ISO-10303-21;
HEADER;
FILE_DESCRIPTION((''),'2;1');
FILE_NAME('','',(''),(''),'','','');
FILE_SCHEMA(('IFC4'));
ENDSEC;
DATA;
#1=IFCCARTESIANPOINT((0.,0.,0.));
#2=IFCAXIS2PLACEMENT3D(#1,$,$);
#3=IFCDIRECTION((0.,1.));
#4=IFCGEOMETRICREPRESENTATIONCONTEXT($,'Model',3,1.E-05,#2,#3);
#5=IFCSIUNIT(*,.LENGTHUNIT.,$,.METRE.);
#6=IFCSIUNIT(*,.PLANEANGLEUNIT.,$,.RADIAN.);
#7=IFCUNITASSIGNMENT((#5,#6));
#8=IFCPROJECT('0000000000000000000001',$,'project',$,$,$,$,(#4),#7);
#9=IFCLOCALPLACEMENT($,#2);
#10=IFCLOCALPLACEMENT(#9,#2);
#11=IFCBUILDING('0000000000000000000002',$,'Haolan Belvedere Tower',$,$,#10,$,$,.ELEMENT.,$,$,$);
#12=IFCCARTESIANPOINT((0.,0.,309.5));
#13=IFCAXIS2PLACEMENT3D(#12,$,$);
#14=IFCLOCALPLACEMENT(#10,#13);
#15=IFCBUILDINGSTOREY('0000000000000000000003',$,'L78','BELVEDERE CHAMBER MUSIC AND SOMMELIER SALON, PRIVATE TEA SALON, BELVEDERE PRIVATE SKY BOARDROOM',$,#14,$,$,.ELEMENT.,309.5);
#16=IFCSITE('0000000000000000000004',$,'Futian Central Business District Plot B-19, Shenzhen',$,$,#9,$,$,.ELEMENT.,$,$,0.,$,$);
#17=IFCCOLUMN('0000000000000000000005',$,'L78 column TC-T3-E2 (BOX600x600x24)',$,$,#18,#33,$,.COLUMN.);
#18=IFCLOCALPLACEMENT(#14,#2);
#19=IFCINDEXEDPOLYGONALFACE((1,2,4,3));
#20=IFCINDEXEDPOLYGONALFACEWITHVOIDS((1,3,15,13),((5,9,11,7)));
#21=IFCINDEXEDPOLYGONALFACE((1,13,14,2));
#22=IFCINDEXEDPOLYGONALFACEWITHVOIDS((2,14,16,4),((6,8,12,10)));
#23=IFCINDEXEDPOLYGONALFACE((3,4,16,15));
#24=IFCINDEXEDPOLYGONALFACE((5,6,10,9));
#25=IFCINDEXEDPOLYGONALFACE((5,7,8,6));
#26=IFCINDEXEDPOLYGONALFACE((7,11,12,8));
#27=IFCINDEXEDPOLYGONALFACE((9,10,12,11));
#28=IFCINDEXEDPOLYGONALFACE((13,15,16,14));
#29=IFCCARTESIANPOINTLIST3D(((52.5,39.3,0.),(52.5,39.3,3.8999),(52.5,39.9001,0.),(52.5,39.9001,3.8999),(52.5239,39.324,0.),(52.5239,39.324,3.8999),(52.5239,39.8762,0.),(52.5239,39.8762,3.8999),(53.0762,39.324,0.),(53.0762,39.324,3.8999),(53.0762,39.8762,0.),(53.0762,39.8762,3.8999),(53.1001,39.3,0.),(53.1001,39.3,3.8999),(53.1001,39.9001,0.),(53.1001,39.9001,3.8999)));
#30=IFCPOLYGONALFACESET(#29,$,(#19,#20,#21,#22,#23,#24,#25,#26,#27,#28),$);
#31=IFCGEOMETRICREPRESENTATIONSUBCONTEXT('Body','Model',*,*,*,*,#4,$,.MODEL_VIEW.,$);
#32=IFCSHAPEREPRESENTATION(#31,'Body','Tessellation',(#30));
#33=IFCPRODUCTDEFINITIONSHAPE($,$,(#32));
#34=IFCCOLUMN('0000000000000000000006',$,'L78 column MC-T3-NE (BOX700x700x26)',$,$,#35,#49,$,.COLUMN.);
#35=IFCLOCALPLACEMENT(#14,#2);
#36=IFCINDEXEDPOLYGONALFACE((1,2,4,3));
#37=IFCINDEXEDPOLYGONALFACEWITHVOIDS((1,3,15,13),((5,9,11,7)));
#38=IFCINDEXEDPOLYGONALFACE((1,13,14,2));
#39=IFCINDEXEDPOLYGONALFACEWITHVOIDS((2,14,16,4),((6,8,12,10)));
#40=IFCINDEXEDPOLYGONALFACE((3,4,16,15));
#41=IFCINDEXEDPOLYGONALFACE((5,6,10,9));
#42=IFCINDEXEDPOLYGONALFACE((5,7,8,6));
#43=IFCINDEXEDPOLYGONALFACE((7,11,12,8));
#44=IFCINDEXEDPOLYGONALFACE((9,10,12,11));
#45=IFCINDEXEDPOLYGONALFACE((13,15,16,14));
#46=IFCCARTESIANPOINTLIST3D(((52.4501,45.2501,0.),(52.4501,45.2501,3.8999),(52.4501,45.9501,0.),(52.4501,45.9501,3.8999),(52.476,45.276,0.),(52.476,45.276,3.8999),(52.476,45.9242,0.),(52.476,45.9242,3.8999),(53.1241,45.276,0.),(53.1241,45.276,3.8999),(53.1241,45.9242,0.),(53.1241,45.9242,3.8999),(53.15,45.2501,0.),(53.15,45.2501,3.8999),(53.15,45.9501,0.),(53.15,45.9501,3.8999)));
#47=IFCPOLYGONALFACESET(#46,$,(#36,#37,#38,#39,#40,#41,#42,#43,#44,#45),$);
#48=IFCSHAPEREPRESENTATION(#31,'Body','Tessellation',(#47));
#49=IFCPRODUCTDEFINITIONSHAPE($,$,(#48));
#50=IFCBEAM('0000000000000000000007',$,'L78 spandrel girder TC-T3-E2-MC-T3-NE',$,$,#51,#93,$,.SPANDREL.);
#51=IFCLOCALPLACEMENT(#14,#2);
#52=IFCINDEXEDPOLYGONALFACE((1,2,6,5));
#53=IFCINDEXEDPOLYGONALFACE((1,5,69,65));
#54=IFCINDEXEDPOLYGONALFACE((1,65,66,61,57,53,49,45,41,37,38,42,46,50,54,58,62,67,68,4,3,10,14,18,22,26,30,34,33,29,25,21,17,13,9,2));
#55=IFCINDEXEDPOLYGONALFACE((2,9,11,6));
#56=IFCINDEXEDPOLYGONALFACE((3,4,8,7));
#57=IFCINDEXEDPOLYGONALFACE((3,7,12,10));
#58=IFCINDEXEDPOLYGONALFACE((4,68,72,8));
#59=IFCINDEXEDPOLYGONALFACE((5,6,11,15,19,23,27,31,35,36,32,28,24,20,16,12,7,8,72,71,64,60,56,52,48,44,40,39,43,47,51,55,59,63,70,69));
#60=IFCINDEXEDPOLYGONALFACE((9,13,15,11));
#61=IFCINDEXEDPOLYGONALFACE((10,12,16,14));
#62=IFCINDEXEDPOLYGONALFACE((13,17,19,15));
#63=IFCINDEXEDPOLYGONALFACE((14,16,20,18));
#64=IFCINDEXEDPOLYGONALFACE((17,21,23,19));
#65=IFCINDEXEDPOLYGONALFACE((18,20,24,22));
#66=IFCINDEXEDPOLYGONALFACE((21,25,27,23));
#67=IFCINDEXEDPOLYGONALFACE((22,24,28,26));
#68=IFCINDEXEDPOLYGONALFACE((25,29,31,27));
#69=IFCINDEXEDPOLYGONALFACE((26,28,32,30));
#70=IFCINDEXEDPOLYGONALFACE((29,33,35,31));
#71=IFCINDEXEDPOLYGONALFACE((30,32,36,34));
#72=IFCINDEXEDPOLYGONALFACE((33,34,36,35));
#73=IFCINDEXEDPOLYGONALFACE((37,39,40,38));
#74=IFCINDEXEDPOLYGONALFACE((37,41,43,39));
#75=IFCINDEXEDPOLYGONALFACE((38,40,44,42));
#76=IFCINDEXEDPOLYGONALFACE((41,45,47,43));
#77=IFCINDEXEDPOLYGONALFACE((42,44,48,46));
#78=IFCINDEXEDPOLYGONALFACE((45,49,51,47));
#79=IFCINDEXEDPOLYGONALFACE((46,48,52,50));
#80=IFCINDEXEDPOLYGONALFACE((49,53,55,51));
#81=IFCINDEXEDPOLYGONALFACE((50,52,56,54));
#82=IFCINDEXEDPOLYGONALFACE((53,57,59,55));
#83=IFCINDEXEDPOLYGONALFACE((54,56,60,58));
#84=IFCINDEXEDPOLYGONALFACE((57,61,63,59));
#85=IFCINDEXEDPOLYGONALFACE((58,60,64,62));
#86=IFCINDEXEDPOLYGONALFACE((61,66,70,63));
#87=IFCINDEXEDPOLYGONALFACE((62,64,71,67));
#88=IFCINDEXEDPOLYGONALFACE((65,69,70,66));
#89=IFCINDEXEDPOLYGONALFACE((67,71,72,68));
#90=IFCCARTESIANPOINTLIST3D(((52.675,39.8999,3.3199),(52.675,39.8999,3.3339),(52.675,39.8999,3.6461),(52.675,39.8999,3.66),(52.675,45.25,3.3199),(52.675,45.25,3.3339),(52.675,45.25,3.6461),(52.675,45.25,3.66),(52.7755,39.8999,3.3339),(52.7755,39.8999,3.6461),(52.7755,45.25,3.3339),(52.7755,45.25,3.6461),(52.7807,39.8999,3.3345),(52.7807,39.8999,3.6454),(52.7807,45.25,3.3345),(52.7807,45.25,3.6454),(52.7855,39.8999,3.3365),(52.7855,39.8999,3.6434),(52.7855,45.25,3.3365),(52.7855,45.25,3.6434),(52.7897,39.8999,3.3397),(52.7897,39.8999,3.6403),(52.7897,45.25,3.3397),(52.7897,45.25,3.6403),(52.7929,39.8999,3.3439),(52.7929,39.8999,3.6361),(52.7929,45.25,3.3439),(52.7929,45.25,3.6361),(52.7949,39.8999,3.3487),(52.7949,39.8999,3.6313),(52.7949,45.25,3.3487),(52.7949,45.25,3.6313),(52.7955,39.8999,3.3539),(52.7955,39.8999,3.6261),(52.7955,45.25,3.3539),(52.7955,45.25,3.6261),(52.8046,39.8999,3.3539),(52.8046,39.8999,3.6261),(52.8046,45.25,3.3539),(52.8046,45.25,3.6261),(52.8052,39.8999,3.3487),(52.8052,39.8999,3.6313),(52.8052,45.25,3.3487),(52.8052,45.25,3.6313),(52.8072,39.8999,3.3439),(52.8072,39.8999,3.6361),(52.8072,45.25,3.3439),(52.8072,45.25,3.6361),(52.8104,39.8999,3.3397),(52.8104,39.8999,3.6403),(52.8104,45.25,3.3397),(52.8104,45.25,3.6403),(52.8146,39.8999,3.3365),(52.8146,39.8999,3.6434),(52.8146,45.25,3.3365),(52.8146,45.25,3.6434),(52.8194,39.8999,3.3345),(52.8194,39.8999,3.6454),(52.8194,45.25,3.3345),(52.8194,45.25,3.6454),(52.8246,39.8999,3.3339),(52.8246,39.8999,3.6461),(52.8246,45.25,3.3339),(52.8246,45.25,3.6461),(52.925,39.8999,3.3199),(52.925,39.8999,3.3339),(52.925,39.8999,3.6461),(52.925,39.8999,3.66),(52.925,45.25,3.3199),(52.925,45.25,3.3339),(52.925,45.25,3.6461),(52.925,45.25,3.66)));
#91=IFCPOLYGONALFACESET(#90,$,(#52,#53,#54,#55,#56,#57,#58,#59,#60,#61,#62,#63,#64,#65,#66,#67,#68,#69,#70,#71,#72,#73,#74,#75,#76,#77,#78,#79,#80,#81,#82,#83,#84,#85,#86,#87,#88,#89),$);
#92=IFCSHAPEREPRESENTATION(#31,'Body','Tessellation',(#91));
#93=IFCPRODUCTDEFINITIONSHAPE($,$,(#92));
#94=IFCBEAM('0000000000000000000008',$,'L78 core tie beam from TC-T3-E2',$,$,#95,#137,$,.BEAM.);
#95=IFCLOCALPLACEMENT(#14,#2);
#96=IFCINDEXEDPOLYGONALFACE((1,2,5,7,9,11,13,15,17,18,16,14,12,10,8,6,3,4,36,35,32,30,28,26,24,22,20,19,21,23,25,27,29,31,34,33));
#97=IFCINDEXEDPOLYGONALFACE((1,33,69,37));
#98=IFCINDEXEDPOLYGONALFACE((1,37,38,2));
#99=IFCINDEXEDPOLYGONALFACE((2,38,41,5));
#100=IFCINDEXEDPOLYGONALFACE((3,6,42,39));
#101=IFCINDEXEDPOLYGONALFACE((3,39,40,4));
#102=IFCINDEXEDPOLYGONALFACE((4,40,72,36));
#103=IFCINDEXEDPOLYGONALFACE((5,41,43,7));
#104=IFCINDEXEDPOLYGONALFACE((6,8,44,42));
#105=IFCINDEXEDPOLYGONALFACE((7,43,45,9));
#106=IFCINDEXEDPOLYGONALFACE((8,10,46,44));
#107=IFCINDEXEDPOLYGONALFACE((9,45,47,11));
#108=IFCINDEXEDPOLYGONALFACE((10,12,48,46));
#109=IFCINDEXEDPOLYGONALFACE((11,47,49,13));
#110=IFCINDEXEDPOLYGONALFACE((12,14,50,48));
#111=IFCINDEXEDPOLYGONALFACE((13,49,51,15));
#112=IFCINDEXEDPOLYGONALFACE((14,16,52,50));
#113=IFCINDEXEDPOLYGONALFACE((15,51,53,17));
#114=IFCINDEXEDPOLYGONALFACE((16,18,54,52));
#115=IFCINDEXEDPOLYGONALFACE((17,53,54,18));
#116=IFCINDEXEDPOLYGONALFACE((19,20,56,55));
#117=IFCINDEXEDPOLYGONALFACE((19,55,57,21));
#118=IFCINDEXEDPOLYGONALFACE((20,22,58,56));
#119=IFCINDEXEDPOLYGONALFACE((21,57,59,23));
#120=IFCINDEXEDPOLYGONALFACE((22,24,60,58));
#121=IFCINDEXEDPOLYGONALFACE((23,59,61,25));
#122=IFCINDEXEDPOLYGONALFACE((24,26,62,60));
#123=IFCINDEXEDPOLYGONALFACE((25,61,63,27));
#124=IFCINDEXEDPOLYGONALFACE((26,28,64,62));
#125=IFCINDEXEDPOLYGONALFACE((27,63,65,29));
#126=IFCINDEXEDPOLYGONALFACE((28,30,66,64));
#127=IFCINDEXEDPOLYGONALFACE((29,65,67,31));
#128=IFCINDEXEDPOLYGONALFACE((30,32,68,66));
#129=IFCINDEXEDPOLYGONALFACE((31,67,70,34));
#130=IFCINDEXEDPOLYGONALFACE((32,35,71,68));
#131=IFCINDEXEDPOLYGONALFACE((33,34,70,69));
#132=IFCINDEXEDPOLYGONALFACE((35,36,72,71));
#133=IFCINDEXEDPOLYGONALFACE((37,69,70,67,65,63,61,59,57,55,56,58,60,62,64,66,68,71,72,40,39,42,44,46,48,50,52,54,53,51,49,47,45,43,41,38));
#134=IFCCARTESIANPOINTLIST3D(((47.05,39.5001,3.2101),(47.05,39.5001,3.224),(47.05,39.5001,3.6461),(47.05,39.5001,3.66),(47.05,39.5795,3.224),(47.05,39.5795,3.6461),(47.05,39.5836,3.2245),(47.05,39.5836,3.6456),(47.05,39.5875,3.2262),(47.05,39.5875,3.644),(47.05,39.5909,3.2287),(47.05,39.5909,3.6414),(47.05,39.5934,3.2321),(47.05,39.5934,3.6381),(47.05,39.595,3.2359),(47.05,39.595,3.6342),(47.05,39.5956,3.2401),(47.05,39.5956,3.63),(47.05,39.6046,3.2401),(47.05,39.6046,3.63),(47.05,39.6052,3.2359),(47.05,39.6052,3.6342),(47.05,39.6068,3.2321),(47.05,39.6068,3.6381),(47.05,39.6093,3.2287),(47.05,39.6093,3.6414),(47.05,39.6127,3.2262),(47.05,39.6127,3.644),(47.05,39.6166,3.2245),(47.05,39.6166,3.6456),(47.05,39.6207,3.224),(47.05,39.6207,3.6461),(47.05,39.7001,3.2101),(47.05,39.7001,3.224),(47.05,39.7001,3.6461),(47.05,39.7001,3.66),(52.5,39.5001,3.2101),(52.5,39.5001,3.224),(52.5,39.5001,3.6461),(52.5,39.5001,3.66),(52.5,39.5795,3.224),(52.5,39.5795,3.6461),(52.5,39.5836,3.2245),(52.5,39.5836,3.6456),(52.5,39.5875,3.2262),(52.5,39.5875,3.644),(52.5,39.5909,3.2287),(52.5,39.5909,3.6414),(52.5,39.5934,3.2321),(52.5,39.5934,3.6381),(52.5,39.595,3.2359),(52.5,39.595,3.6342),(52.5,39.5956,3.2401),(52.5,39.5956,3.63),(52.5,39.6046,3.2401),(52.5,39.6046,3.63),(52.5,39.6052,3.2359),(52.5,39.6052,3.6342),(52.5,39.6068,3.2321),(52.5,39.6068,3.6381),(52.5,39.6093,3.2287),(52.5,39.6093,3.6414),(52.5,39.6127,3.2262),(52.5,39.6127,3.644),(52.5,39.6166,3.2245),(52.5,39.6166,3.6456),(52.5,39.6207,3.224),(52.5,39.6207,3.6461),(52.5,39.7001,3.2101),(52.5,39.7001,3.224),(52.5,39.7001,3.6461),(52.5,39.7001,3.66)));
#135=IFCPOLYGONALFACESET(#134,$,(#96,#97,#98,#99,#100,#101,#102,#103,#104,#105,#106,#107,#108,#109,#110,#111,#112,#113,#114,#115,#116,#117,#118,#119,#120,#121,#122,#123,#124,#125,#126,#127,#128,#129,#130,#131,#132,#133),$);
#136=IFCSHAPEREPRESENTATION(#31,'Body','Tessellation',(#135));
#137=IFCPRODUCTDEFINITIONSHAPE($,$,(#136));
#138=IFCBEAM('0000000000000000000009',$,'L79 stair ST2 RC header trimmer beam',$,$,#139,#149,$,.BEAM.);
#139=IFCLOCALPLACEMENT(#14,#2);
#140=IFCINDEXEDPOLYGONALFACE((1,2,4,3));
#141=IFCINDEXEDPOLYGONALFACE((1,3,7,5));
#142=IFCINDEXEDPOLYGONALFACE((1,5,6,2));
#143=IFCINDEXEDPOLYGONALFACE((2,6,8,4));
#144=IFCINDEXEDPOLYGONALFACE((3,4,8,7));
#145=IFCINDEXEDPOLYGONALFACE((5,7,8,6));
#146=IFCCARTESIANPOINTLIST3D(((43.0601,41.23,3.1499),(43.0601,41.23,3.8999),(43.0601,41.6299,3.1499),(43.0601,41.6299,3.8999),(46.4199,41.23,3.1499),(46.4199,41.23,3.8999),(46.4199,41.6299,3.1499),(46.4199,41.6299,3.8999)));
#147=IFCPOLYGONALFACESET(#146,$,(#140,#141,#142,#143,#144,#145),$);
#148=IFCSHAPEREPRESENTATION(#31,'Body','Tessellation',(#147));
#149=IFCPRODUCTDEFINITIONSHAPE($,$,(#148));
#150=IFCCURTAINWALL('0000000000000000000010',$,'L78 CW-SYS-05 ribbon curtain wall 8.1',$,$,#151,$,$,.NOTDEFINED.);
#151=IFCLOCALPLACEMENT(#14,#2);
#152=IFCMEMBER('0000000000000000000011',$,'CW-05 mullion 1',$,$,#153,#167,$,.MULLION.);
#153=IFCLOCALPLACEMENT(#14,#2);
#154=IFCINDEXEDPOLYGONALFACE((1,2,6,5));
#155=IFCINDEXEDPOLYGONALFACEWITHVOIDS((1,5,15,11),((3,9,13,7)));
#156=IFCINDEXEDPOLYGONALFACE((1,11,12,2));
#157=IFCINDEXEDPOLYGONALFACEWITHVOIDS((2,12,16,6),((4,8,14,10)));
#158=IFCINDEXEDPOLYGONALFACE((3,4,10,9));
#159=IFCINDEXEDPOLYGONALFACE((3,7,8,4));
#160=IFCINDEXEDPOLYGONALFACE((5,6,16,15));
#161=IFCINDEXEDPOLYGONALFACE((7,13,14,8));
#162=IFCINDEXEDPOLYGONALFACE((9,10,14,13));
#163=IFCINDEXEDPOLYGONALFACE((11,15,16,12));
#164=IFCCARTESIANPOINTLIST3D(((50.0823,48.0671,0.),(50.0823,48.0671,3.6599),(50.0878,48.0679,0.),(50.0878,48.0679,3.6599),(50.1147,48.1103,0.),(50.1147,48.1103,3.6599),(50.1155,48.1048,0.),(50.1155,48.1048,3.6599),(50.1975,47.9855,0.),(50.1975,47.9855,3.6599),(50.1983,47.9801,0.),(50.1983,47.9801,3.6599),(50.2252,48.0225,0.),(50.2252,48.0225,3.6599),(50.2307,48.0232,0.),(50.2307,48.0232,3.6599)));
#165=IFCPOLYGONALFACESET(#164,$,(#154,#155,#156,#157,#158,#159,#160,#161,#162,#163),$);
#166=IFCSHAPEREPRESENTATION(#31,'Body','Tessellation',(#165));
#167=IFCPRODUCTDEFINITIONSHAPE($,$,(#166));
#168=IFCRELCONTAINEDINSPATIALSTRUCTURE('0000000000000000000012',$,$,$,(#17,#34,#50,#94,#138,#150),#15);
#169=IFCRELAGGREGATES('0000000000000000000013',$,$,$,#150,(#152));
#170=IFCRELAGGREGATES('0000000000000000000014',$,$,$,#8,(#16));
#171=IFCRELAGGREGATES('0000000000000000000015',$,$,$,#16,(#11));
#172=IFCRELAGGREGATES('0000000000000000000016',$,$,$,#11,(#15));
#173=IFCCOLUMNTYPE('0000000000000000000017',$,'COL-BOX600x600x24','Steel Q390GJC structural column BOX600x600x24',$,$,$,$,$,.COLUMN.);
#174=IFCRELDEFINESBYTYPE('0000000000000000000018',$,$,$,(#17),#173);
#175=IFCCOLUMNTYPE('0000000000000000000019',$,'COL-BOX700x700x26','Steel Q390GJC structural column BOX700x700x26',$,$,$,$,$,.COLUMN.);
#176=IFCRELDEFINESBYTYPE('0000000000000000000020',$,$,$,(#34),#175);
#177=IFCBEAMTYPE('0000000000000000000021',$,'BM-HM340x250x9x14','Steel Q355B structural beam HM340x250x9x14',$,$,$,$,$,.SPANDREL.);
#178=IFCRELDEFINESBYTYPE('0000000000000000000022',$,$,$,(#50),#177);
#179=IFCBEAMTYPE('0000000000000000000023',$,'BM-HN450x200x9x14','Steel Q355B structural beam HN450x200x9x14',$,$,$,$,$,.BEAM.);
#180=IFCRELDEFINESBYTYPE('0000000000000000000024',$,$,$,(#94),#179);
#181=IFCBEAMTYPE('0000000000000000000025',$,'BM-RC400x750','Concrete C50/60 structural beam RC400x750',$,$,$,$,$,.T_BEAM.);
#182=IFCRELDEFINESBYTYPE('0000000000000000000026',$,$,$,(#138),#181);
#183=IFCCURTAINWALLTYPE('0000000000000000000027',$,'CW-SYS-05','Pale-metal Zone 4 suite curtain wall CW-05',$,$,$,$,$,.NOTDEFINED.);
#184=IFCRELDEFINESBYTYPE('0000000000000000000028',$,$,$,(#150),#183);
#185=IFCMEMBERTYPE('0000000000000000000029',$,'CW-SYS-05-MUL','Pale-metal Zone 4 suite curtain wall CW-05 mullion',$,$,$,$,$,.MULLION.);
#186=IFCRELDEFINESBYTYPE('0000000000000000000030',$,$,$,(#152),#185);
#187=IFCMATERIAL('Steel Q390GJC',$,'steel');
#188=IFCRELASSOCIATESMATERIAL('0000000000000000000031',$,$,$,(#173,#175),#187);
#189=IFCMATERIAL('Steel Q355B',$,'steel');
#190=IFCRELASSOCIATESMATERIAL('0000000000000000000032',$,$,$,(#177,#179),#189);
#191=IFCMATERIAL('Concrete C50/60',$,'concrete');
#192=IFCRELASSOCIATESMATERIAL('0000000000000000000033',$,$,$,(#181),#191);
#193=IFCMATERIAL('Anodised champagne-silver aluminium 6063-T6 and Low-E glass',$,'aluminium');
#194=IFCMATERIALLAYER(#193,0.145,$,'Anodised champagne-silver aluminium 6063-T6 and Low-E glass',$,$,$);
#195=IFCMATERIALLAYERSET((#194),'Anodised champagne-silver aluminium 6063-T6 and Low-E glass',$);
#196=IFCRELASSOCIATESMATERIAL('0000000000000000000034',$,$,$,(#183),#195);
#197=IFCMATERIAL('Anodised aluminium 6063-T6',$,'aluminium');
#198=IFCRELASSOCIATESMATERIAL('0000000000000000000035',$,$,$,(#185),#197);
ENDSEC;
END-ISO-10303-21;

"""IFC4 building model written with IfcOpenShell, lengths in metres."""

from ifc_helpers import new_model, si_unit, direction, frame, origin, origin_2d, place, context, subcontext, project, spatial, rectangle, hollow_rectangle, i_section, extrude, material, layer, layer_set, material_profile, profile_set, type_object, element, aggregate, save


model = new_model("IFC4")

# Units and contexts
model_context = context("Model", 3, precision=1e-05, world=origin(), true_north=direction((0.0, 1.0)))
body_context = subcontext(model_context, "Body", "Model", "MODEL_VIEW")
ifc_project = project(units=[si_unit("LENGTHUNIT", "METRE"), si_unit("PLANEANGLEUNIT", "RADIAN")], contexts=[model_context])

# Site, building, storey
site_placement = place(None, origin())
site = spatial("IfcSite", under=ifc_project, at=site_placement, Name="Futian Central Business District Plot B-19, Shenzhen", CompositionType="ELEMENT", RefElevation=0.0)
building_placement = place(site_placement, origin())
building = spatial("IfcBuilding", under=site, at=building_placement, Name="Haolan Belvedere Tower", CompositionType="ELEMENT")
storey_placement = place(building_placement, frame((0.0, 0.0, 309.5)))
storey = spatial("IfcBuildingStorey", under=building, at=storey_placement, Name="L78", Description="BELVEDERE CHAMBER MUSIC AND SOMMELIER SALON, PRIVATE TEA SALON, BELVEDERE PRIVATE SKY BOARDROOM", CompositionType="ELEMENT", Elevation=309.5)

# Columns
ifc_material_1 = material(Name="Steel Q390GJC", Category="steel")
ifc_material_profile_1 = material_profile(ifc_material_1, hollow_rectangle(XDim=0.6001, YDim=0.6001, WallThickness=0.0239, at=origin_2d()), Name="Steel Q390GJC")
ifc_profile_set_1 = profile_set([ifc_material_profile_1], Name="Steel Q390GJC")
column_type_1 = type_object("IfcColumnType", Name="COL-BOX600x600x24", Description="Steel Q390GJC structural column BOX600x600x24", PredefinedType="COLUMN", material=ifc_profile_set_1)
column_1_placement = place(storey_placement, frame((52.8, 39.6001, 0.0), z_axis=(0.0, 0.0, 1.0), x_axis=(1.0, 0.0, 0.0)))
element("IfcColumn", 1, at=column_1_placement, inside=storey, type_object=column_type_1, Name="L78 column TC-T3-E2 (BOX600x600x24)", PredefinedType="COLUMN", context=body_context, shape_type="SweptSolid", body=[
    extrude(hollow_rectangle(XDim=0.6001, YDim=0.6001, WallThickness=0.0239, at=origin_2d()), origin(), (0.0, 0.0, 1.0), 3.8999),
])
ifc_material_profile_2 = material_profile(ifc_material_1, hollow_rectangle(XDim=0.7, YDim=0.7, WallThickness=0.0259, at=origin_2d()), Name="Steel Q390GJC")
ifc_profile_set_2 = profile_set([ifc_material_profile_2], Name="Steel Q390GJC")
column_type_2 = type_object("IfcColumnType", Name="COL-BOX700x700x26", Description="Steel Q390GJC structural column BOX700x700x26", PredefinedType="COLUMN", material=ifc_profile_set_2)
column_2_placement = place(storey_placement, frame((52.8, 45.6001, 0.0), z_axis=(0.0, 0.0, 1.0), x_axis=(1.0, 0.0, 0.0)))
element("IfcColumn", 2, at=column_2_placement, inside=storey, type_object=column_type_2, Name="L78 column MC-T3-NE (BOX700x700x26)", PredefinedType="COLUMN", context=body_context, shape_type="SweptSolid", body=[
    extrude(hollow_rectangle(XDim=0.7, YDim=0.7, WallThickness=0.0259, at=origin_2d()), origin(), (0.0, 0.0, 1.0), 3.8999),
])

# Beams
ifc_material_2 = material(Name="Steel Q355B", Category="steel")
ifc_material_profile_3 = material_profile(ifc_material_2, i_section(OverallWidth=0.25, OverallDepth=0.3401, WebThickness=0.009, FlangeThickness=0.0139, FilletRadius=0.02, at=origin_2d()), Name="Steel Q355B")
ifc_profile_set_3 = profile_set([ifc_material_profile_3], Name="Steel Q355B")
beam_type_1 = type_object("IfcBeamType", Name="BM-HM340x250x9x14", Description="Steel Q355B structural beam HM340x250x9x14", PredefinedType="SPANDREL", material=ifc_profile_set_3)
beam_1_placement = place(storey_placement, frame((52.8, 39.8999, 3.49), z_axis=(0.0, 1.0, 0.0), x_axis=(-1.0, 0.0, 0.0)))
element("IfcBeam", 3, at=beam_1_placement, inside=storey, type_object=beam_type_1, Name="L78 spandrel girder TC-T3-E2-MC-T3-NE", PredefinedType="SPANDREL", context=body_context, shape_type="SweptSolid", body=[
    extrude(i_section(OverallWidth=0.25, OverallDepth=0.3401, WebThickness=0.009, FlangeThickness=0.0139, FilletRadius=0.02, at=origin_2d()), origin(), (0.0, 0.0, 1.0), 5.3501),
])
ifc_material_profile_4 = material_profile(ifc_material_2, i_section(OverallWidth=0.2, OverallDepth=0.45, WebThickness=0.009, FlangeThickness=0.0139, FilletRadius=0.0161, at=origin_2d()), Name="Steel Q355B")
ifc_profile_set_4 = profile_set([ifc_material_profile_4], Name="Steel Q355B")
beam_type_2 = type_object("IfcBeamType", Name="BM-HN450x200x9x14", Description="Steel Q355B structural beam HN450x200x9x14", PredefinedType="BEAM", material=ifc_profile_set_4)
beam_2_placement = place(storey_placement, frame((52.5, 39.6001, 3.4351), z_axis=(-1.0, 0.0, 0.0), x_axis=(0.0, -1.0, 0.0)))
element("IfcBeam", 4, at=beam_2_placement, inside=storey, type_object=beam_type_2, Name="L78 core tie beam from TC-T3-E2", PredefinedType="BEAM", context=body_context, shape_type="SweptSolid", body=[
    extrude(i_section(OverallWidth=0.2, OverallDepth=0.45, WebThickness=0.009, FlangeThickness=0.0139, FilletRadius=0.0161, at=origin_2d()), origin(), (0.0, 0.0, 1.0), 5.45),
])
ifc_material_3 = material(Name="Concrete C50/60", Category="concrete")
ifc_material_profile_5 = material_profile(ifc_material_3, rectangle(XDim=0.3999, YDim=0.75, at=origin_2d()), Name="Concrete C50/60")
ifc_profile_set_5 = profile_set([ifc_material_profile_5], Name="Concrete C50/60")
beam_type_3 = type_object("IfcBeamType", Name="BM-RC400x750", Description="Concrete C50/60 structural beam RC400x750", PredefinedType="T_BEAM", material=ifc_profile_set_5)
beam_3_placement = place(storey_placement, frame((43.0601, 41.4299, 3.5249), z_axis=(1.0, 0.0, 0.0), x_axis=(0.0, 1.0, 0.0)))
element("IfcBeam", 5, at=beam_3_placement, inside=storey, type_object=beam_type_3, Name="L79 stair ST2 RC header trimmer beam", PredefinedType="BEAM", context=body_context, shape_type="SweptSolid", body=[
    extrude(rectangle(XDim=0.3999, YDim=0.75, at=origin_2d()), origin(), (0.0, 0.0, 1.0), 3.3599),
])

# Curtain wall, member
ifc_material_4 = material(Name="Anodised champagne-silver aluminium 6063-T6 and Low-E glass", Category="aluminium")
ifc_layer_1 = layer(ifc_material_4, 0.145, Name="Anodised champagne-silver aluminium 6063-T6 and Low-E glass")
ifc_layer_set_1 = layer_set([ifc_layer_1], Name="Anodised champagne-silver aluminium 6063-T6 and Low-E glass")
curtain_wall_type = type_object("IfcCurtainWallType", Name="CW-SYS-05", Description="Pale-metal Zone 4 suite curtain wall CW-05", PredefinedType="NOTDEFINED", material=ifc_layer_set_1)
curtain_wall_placement = place(storey_placement, origin())
curtain_wall = element("IfcCurtainWall", 6, at=curtain_wall_placement, inside=storey, type_object=curtain_wall_type, Name="L78 CW-SYS-05 ribbon curtain wall 8.1", PredefinedType="NOTDEFINED")
ifc_material_5 = material(Name="Anodised aluminium 6063-T6", Category="aluminium")
ifc_material_profile_6 = material_profile(ifc_material_5, hollow_rectangle(XDim=0.054, YDim=0.145, WallThickness=0.0039, at=origin_2d()), Name="Anodised aluminium 6063-T6")
ifc_profile_set_6 = profile_set([ifc_material_profile_6], Name="Anodised aluminium 6063-T6")
member_type = type_object("IfcMemberType", Name="CW-SYS-05-MUL", Description="Pale-metal Zone 4 suite curtain wall CW-05 mullion", PredefinedType="MULLION", material=ifc_profile_set_6)
member_placement = place(storey_placement, frame((50.1565, 48.0452, 0.0), z_axis=(0.0, 0.0, 1.0), x_axis=(-0.600003, -0.799998, 0.0)))
member = element("IfcMember", 7, at=member_placement, type_object=member_type, Name="CW-05 mullion 1", PredefinedType="MULLION", context=body_context, shape_type="SweptSolid", body=[
    extrude(hollow_rectangle(XDim=0.054, YDim=0.145, WallThickness=0.0039, at=origin_2d()), origin(), (0.0, 0.0, 1.0), 3.6599),
])
aggregate(curtain_wall, [member])

save(model, "model.ifc")
